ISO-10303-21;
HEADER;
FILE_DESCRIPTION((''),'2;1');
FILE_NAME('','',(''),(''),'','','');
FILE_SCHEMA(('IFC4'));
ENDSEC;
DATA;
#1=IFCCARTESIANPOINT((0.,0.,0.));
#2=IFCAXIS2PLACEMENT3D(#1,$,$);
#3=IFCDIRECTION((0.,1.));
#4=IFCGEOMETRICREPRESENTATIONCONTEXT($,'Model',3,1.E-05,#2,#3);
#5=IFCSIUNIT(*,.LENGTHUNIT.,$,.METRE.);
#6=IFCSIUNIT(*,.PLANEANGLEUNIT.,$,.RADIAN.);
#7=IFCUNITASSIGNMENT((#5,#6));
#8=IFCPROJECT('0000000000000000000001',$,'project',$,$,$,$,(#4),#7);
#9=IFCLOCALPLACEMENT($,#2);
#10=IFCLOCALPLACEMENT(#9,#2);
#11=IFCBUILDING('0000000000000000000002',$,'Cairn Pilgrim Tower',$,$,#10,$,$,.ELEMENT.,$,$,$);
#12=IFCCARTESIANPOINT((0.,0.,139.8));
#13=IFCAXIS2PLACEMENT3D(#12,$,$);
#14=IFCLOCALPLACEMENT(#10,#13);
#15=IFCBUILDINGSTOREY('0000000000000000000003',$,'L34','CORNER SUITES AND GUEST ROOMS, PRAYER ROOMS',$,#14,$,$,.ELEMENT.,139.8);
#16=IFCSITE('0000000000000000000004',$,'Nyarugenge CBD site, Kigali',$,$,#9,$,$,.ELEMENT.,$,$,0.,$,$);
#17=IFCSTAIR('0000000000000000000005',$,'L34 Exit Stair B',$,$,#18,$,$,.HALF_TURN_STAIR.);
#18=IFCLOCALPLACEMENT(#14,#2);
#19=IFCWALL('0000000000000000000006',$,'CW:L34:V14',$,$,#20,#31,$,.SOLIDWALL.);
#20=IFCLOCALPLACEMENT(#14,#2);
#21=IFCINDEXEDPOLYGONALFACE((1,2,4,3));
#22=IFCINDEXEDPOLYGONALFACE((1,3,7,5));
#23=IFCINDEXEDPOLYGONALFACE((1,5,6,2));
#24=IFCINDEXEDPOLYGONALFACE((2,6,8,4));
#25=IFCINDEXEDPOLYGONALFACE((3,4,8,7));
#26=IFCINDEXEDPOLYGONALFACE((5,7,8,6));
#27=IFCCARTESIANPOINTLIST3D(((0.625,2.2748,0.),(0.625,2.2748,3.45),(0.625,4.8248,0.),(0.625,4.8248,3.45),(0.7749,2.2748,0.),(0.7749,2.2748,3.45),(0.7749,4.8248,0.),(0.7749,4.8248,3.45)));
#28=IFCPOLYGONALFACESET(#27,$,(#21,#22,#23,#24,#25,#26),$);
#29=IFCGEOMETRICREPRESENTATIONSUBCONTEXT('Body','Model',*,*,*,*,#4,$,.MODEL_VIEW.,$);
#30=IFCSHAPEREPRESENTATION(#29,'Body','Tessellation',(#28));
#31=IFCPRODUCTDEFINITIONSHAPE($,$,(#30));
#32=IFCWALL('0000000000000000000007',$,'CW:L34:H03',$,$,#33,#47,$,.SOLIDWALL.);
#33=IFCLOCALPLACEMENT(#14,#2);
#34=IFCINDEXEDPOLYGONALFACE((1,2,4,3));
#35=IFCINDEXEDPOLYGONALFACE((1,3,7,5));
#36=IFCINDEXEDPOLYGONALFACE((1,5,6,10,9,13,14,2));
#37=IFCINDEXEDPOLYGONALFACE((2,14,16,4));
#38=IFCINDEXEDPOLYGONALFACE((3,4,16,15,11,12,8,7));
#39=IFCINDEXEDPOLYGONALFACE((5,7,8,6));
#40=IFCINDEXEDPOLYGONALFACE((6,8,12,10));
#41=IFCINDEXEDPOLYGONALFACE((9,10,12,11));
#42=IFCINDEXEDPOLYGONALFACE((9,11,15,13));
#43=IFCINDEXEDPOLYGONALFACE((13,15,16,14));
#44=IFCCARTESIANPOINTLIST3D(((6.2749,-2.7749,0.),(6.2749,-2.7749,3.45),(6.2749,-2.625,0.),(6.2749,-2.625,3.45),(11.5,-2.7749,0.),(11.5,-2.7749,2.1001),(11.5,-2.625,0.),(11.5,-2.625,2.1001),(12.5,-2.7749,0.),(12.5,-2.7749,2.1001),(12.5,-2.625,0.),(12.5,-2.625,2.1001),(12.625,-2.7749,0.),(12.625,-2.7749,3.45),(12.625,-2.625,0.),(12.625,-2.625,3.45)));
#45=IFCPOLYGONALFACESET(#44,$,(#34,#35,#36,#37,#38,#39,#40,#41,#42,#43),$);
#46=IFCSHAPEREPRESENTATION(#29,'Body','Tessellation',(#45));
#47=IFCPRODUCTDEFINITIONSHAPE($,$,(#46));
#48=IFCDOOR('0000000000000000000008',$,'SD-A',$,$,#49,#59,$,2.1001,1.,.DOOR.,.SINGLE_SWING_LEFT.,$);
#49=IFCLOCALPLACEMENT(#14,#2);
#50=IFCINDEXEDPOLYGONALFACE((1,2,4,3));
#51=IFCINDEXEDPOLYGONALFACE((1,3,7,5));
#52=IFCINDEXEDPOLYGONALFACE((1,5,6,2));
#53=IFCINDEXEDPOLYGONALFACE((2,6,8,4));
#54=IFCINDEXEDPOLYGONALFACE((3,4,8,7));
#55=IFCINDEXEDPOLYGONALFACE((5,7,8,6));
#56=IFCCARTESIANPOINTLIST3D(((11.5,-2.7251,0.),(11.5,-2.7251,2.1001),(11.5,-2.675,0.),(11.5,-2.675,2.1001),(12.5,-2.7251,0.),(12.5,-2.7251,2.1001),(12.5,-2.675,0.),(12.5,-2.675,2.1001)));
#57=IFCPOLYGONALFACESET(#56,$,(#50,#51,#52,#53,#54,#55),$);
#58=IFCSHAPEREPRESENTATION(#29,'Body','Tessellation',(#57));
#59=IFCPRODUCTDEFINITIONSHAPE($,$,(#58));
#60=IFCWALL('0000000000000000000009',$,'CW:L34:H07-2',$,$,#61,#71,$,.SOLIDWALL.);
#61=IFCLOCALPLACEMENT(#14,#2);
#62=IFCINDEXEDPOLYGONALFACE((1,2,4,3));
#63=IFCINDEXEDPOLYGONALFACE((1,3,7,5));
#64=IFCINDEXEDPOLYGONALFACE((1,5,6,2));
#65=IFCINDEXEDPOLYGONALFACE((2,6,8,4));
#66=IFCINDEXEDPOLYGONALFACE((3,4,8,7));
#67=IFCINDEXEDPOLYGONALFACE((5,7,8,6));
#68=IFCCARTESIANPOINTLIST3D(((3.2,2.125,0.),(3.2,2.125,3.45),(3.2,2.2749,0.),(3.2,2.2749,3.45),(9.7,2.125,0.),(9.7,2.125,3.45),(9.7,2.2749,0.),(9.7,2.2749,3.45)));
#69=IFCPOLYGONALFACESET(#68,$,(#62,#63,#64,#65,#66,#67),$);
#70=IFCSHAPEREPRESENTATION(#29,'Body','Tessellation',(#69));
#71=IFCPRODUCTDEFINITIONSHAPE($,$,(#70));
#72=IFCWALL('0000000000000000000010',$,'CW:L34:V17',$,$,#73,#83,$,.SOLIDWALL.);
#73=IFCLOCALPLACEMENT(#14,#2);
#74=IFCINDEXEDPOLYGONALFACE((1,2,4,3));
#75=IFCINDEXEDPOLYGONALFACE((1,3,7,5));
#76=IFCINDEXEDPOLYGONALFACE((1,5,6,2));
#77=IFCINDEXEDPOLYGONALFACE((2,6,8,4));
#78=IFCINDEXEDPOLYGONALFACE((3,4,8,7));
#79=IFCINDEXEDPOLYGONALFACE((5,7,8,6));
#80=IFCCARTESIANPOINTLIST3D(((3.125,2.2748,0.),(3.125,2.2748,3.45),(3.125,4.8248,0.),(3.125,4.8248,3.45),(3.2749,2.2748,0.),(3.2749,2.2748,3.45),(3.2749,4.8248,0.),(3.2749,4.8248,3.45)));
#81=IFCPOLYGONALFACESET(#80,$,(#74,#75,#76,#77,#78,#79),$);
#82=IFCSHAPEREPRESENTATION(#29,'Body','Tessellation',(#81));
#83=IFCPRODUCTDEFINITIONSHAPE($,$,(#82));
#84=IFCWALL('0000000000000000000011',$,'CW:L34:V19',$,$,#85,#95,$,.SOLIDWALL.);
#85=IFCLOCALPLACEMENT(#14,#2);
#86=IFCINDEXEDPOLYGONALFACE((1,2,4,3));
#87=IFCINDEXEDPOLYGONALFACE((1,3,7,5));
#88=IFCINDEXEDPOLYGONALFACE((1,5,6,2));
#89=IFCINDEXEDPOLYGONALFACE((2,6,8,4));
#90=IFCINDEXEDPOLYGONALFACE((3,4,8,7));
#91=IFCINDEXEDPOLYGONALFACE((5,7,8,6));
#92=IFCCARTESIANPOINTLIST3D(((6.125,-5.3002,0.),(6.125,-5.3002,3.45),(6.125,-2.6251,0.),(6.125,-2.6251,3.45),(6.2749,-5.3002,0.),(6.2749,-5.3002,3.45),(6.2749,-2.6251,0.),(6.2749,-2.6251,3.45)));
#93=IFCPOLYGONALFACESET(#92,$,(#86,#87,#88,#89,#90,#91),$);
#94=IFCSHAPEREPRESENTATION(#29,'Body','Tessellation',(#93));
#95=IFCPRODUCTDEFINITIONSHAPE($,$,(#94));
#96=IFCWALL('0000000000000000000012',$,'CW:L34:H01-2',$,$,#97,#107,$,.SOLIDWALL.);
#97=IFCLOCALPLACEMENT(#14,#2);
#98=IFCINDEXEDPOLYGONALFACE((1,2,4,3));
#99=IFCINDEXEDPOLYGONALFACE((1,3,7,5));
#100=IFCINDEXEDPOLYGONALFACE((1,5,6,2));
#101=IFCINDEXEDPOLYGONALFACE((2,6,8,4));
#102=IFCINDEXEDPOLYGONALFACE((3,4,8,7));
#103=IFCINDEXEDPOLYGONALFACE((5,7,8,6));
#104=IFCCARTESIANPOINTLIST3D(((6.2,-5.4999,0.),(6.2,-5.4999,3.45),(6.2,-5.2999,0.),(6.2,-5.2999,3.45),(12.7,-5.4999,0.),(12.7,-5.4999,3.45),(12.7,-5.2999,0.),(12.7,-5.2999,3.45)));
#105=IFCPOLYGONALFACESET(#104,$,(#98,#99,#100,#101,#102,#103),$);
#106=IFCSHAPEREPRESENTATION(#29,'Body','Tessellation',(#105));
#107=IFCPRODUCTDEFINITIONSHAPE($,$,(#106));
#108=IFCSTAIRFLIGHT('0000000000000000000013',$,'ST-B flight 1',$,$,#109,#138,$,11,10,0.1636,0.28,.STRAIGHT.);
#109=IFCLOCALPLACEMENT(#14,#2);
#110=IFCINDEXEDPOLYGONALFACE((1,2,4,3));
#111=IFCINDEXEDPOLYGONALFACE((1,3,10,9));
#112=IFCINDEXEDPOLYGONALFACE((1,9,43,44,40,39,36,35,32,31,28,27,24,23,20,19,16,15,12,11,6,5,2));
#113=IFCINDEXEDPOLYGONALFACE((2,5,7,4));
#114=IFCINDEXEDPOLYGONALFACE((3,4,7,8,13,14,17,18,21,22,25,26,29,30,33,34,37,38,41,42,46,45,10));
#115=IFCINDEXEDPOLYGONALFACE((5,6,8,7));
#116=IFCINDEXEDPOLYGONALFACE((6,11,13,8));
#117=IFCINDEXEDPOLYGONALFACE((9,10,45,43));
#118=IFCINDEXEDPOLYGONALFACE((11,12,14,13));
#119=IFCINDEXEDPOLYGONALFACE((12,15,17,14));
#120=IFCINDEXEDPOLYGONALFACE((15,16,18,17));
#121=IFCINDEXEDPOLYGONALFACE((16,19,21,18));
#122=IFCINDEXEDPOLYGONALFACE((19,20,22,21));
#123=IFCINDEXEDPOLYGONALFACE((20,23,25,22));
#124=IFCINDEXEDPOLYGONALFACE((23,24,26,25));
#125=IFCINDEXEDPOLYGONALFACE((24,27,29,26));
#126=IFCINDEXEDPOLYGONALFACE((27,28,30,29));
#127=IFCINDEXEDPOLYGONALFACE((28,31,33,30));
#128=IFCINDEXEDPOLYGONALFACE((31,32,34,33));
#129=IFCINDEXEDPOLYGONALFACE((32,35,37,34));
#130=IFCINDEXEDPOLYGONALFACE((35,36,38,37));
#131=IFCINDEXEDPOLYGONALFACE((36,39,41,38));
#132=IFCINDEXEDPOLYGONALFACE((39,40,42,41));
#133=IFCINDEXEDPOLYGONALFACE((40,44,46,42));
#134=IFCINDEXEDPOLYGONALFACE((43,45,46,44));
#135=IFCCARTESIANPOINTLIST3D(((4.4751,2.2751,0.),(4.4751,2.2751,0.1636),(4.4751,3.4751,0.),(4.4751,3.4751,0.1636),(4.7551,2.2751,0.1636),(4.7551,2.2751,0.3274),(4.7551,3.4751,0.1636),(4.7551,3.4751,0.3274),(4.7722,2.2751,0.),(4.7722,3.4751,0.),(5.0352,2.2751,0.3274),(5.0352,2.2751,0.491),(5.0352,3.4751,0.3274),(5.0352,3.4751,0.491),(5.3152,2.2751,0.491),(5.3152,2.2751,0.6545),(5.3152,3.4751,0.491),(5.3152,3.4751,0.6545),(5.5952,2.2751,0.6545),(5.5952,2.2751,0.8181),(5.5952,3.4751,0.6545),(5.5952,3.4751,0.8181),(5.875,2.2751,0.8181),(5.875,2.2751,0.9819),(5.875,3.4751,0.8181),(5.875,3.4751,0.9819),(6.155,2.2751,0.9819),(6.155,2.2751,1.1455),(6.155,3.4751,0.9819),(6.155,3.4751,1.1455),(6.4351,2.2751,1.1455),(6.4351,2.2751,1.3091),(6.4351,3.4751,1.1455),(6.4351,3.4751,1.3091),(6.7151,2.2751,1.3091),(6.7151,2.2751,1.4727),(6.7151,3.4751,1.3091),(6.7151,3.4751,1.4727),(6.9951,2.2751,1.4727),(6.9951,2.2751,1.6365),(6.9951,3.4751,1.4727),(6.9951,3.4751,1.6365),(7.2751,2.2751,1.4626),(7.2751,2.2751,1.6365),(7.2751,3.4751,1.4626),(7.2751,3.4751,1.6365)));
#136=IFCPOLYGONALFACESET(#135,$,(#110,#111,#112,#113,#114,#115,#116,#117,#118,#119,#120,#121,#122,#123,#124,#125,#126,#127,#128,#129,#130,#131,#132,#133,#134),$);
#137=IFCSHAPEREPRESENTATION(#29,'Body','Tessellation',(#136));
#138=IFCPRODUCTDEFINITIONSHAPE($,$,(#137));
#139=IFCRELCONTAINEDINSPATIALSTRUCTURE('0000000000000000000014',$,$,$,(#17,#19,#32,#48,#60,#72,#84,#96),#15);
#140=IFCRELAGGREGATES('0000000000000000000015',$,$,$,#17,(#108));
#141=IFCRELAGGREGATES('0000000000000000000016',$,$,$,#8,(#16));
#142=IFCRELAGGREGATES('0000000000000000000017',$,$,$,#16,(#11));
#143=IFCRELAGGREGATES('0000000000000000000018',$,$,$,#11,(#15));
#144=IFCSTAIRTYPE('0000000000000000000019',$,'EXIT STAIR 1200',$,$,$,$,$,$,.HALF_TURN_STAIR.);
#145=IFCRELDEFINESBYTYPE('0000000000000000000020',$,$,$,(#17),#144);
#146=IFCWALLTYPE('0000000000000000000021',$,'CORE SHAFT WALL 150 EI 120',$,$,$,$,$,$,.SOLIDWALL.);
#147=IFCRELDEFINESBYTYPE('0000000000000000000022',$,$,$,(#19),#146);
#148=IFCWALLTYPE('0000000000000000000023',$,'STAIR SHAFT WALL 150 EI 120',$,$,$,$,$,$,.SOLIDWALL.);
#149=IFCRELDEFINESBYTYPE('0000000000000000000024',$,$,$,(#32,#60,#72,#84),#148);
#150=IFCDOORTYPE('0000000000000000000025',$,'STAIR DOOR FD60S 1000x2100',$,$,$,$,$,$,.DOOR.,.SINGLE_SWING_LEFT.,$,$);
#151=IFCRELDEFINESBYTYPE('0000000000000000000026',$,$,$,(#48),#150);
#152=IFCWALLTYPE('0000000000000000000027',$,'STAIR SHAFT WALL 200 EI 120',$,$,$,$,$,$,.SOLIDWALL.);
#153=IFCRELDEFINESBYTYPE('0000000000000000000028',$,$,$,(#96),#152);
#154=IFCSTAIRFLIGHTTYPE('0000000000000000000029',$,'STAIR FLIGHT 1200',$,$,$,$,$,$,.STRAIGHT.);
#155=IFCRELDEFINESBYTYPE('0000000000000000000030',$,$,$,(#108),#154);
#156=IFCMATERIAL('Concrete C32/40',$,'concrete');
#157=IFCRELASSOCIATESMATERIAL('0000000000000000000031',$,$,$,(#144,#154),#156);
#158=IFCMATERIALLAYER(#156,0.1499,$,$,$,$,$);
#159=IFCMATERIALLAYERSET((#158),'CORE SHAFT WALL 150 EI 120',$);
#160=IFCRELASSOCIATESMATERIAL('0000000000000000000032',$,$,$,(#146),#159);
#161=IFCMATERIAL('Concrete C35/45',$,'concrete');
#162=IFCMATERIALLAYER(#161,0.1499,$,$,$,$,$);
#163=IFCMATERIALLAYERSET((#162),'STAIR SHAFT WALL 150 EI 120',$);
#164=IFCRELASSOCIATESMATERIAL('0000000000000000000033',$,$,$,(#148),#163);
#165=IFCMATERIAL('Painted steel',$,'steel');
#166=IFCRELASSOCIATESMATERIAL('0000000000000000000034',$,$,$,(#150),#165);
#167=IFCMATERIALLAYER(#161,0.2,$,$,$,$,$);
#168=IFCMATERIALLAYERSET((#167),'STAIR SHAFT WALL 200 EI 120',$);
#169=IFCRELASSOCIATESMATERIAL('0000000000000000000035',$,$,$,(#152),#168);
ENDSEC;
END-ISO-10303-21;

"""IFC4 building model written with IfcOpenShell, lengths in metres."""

from ifc_helpers import new_model, si_unit, direction, frame, frame_2d, origin, place, context, subcontext, project, spatial, polyline, rectangle, outline, extrude, material, layer, layer_set, type_object, element, fill, aggregate, save


model = new_model("IFC4")

# Units and contexts
model_context = context("Model", 3, precision=1e-05, world=origin(), true_north=direction((0.0, 1.0)))
body_context = subcontext(model_context, "Body", "Model", "MODEL_VIEW")
ifc_project = project(units=[si_unit("LENGTHUNIT", "METRE"), si_unit("PLANEANGLEUNIT", "RADIAN")], contexts=[model_context])

# Site, building, storey
site_placement = place(None, origin())
site = spatial("IfcSite", under=ifc_project, at=site_placement, Name="Nyarugenge CBD site, Kigali", CompositionType="ELEMENT", RefElevation=0.0)
building_placement = place(site_placement, origin())
building = spatial("IfcBuilding", under=site, at=building_placement, Name="Cairn Pilgrim Tower", CompositionType="ELEMENT")
storey_placement = place(building_placement, frame((0.0, 0.0, 139.8)))
storey = spatial("IfcBuildingStorey", under=building, at=storey_placement, Name="L34", Description="CORNER SUITES AND GUEST ROOMS, PRAYER ROOMS", CompositionType="ELEMENT", Elevation=139.8)

# Stair
ifc_material_1 = material(Name="Concrete C32/40", Category="concrete")
stair_type = type_object("IfcStairType", Name="EXIT STAIR 1200", PredefinedType="HALF_TURN_STAIR", material=ifc_material_1)
stair_1_placement = place(storey_placement, origin())
stair_1 = element("IfcStair", 1, at=stair_1_placement, inside=storey, type_object=stair_type, Name="L34 Exit Stair B", PredefinedType="HALF_TURN_STAIR")

# Wall
ifc_layer_1 = layer(ifc_material_1, 0.1499)
ifc_layer_set_1 = layer_set([ifc_layer_1], Name="CORE SHAFT WALL 150 EI 120")
wall_type_1 = type_object("IfcWallType", Name="CORE SHAFT WALL 150 EI 120", PredefinedType="SOLIDWALL", material=ifc_layer_set_1)
wall_1_placement = place(storey_placement, frame((0.7, 2.2749, 0.0), z_axis=(0.0, 0.0, 1.0), x_axis=(0.0, 1.0, 0.0)))
element("IfcWall", 2, at=wall_1_placement, inside=storey, type_object=wall_type_1, Name="CW:L34:V14", PredefinedType="SOLIDWALL", context=body_context, shape_type="SweptSolid", body=[
    extrude(rectangle(XDim=2.55, YDim=0.1499, at=frame_2d((1.2749, 0.0))), origin(), (0.0, 0.0, 1.0), 3.45),
])

# Wall, opening, door
ifc_material_2 = material(Name="Concrete C35/45", Category="concrete")
ifc_layer_2 = layer(ifc_material_2, 0.1499)
ifc_layer_set_2 = layer_set([ifc_layer_2], Name="STAIR SHAFT WALL 150 EI 120")
wall_type_2 = type_object("IfcWallType", Name="STAIR SHAFT WALL 150 EI 120", PredefinedType="SOLIDWALL", material=ifc_layer_set_2)
wall_2_placement = place(storey_placement, frame((6.2749, -2.7, 0.0), z_axis=(0.0, 0.0, 1.0), x_axis=(1.0, 0.0, 0.0)))
wall_2 = element("IfcWall", 3, at=wall_2_placement, inside=storey, type_object=wall_type_2, Name="CW:L34:H03", PredefinedType="SOLIDWALL", context=body_context, shape_type="SweptSolid", body=[
    extrude(rectangle(XDim=6.3501, YDim=0.1499, at=frame_2d((3.175, 0.0))), origin(), (0.0, 0.0, 1.0), 3.45),
])
opening_placement = place(wall_2_placement, frame((5.2251, 0.0, 0.0)))
opening = element("IfcOpeningElement", 4, at=opening_placement, cuts=wall_2, PredefinedType="OPENING", context=body_context, shape_type="SweptSolid", body=[
    extrude(rectangle(XDim=1.0, YDim=2.1001, at=frame_2d((0.5, 1.05))), frame((0.0, 0.085, 0.0), z_axis=(0.0, -1.0, 0.0), x_axis=(1.0, 0.0, 0.0)), (0.0, 0.0, 1.0), 0.1699),
])
ifc_material_3 = material(Name="Painted steel", Category="steel")
door_type = type_object("IfcDoorType", Name="STAIR DOOR FD60S 1000x2100", OperationType="SINGLE_SWING_LEFT", PredefinedType="DOOR", material=ifc_material_3)
door_placement = place(opening_placement, origin())
door = element("IfcDoor", 5, at=door_placement, inside=storey, type_object=door_type, Name="SD-A", OperationType="SINGLE_SWING_LEFT", OverallHeight=2.1001, OverallWidth=1.0, PredefinedType="DOOR", context=body_context, shape_type="SweptSolid", body=[
    extrude(rectangle(XDim=1.0, YDim=2.1001, at=frame_2d((0.5, 1.05))), frame((0.0, 0.0249, 0.0), z_axis=(0.0, -1.0, 0.0), x_axis=(1.0, 0.0, 0.0)), (0.0, 0.0, 1.0), 0.05),
])
fill(opening, door)

# Walls
wall_3_placement = place(storey_placement, frame((3.2, 2.2, 0.0), z_axis=(0.0, 0.0, 1.0), x_axis=(1.0, 0.0, 0.0)))
element("IfcWall", 6, at=wall_3_placement, inside=storey, type_object=wall_type_2, Name="CW:L34:H07-2", PredefinedType="SOLIDWALL", context=body_context, shape_type="SweptSolid", body=[
    extrude(rectangle(XDim=6.5, YDim=0.1499, at=frame_2d((3.25, 0.0))), origin(), (0.0, 0.0, 1.0), 3.45),
])
wall_4_placement = place(storey_placement, frame((3.2, 2.2749, 0.0), z_axis=(0.0, 0.0, 1.0), x_axis=(0.0, 1.0, 0.0)))
element("IfcWall", 7, at=wall_4_placement, inside=storey, type_object=wall_type_2, Name="CW:L34:V17", PredefinedType="SOLIDWALL", context=body_context, shape_type="SweptSolid", body=[
    extrude(rectangle(XDim=2.55, YDim=0.1499, at=frame_2d((1.2749, 0.0))), origin(), (0.0, 0.0, 1.0), 3.45),
])
wall_5_placement = place(storey_placement, frame((6.2, -5.3, 0.0), z_axis=(0.0, 0.0, 1.0), x_axis=(0.0, 1.0, 0.0)))
element("IfcWall", 8, at=wall_5_placement, inside=storey, type_object=wall_type_2, Name="CW:L34:V19", PredefinedType="SOLIDWALL", context=body_context, shape_type="SweptSolid", body=[
    extrude(rectangle(XDim=2.675, YDim=0.1499, at=frame_2d((1.3374, 0.0))), origin(), (0.0, 0.0, 1.0), 3.45),
])
ifc_layer_3 = layer(ifc_material_2, 0.2)
ifc_layer_set_3 = layer_set([ifc_layer_3], Name="STAIR SHAFT WALL 200 EI 120")
wall_type_3 = type_object("IfcWallType", Name="STAIR SHAFT WALL 200 EI 120", PredefinedType="SOLIDWALL", material=ifc_layer_set_3)
wall_6_placement = place(storey_placement, frame((6.2, -5.3999, 0.0), z_axis=(0.0, 0.0, 1.0), x_axis=(1.0, 0.0, 0.0)))
element("IfcWall", 9, at=wall_6_placement, inside=storey, type_object=wall_type_3, Name="CW:L34:H01-2", PredefinedType="SOLIDWALL", context=body_context, shape_type="SweptSolid", body=[
    extrude(rectangle(XDim=6.5, YDim=0.2, at=frame_2d((3.25, 0.0))), origin(), (0.0, 0.0, 1.0), 3.45),
])

# Stair flight
stair_flight_type = type_object("IfcStairFlightType", Name="STAIR FLIGHT 1200", PredefinedType="STRAIGHT", material=ifc_material_1)
stair_flight_placement = place(storey_placement, frame((4.4751, 2.875, 0.0), z_axis=(0.0, 0.0, 1.0), x_axis=(1.0, 0.0, 0.0)))
stair_flight = element("IfcStairFlight", 10, at=stair_flight_placement, type_object=stair_flight_type, Name="ST-B flight 1", NumberOfRisers=11, NumberOfTreads=10, PredefinedType="STRAIGHT", RiserHeight=0.1636, TreadLength=0.28, context=body_context, shape_type="SweptSolid", body=[
    extrude(outline(polyline([(0.0, 0.0), (0.0, 0.1636), (0.28, 0.1636), (0.28, 0.3274), (0.5601, 0.3274), (0.5601, 0.491), (0.8401, 0.491), (0.8401, 0.6545), (1.1201, 0.6545), (1.1201, 0.8181), (1.3999, 0.8181), (1.3999, 0.9819), (1.6799, 0.9819), (1.6799, 1.1455), (1.96, 1.1455), (1.96, 1.3091), (2.24, 1.3091), (2.24, 1.4727), (2.52, 1.4727), (2.52, 1.6365), (2.8, 1.6365), (2.8, 1.8), (2.8, 1.4626), (0.2971, 0.0), (0.0, 0.0)])), frame((0.0, 0.6001, 0.0), z_axis=(0.0, -1.0, 0.0), x_axis=(1.0, 0.0, 0.0)), (0.0, 0.0, 1.0), 1.2),
])
aggregate(stair_1, [stair_flight])

save(model, "model.ifc")
